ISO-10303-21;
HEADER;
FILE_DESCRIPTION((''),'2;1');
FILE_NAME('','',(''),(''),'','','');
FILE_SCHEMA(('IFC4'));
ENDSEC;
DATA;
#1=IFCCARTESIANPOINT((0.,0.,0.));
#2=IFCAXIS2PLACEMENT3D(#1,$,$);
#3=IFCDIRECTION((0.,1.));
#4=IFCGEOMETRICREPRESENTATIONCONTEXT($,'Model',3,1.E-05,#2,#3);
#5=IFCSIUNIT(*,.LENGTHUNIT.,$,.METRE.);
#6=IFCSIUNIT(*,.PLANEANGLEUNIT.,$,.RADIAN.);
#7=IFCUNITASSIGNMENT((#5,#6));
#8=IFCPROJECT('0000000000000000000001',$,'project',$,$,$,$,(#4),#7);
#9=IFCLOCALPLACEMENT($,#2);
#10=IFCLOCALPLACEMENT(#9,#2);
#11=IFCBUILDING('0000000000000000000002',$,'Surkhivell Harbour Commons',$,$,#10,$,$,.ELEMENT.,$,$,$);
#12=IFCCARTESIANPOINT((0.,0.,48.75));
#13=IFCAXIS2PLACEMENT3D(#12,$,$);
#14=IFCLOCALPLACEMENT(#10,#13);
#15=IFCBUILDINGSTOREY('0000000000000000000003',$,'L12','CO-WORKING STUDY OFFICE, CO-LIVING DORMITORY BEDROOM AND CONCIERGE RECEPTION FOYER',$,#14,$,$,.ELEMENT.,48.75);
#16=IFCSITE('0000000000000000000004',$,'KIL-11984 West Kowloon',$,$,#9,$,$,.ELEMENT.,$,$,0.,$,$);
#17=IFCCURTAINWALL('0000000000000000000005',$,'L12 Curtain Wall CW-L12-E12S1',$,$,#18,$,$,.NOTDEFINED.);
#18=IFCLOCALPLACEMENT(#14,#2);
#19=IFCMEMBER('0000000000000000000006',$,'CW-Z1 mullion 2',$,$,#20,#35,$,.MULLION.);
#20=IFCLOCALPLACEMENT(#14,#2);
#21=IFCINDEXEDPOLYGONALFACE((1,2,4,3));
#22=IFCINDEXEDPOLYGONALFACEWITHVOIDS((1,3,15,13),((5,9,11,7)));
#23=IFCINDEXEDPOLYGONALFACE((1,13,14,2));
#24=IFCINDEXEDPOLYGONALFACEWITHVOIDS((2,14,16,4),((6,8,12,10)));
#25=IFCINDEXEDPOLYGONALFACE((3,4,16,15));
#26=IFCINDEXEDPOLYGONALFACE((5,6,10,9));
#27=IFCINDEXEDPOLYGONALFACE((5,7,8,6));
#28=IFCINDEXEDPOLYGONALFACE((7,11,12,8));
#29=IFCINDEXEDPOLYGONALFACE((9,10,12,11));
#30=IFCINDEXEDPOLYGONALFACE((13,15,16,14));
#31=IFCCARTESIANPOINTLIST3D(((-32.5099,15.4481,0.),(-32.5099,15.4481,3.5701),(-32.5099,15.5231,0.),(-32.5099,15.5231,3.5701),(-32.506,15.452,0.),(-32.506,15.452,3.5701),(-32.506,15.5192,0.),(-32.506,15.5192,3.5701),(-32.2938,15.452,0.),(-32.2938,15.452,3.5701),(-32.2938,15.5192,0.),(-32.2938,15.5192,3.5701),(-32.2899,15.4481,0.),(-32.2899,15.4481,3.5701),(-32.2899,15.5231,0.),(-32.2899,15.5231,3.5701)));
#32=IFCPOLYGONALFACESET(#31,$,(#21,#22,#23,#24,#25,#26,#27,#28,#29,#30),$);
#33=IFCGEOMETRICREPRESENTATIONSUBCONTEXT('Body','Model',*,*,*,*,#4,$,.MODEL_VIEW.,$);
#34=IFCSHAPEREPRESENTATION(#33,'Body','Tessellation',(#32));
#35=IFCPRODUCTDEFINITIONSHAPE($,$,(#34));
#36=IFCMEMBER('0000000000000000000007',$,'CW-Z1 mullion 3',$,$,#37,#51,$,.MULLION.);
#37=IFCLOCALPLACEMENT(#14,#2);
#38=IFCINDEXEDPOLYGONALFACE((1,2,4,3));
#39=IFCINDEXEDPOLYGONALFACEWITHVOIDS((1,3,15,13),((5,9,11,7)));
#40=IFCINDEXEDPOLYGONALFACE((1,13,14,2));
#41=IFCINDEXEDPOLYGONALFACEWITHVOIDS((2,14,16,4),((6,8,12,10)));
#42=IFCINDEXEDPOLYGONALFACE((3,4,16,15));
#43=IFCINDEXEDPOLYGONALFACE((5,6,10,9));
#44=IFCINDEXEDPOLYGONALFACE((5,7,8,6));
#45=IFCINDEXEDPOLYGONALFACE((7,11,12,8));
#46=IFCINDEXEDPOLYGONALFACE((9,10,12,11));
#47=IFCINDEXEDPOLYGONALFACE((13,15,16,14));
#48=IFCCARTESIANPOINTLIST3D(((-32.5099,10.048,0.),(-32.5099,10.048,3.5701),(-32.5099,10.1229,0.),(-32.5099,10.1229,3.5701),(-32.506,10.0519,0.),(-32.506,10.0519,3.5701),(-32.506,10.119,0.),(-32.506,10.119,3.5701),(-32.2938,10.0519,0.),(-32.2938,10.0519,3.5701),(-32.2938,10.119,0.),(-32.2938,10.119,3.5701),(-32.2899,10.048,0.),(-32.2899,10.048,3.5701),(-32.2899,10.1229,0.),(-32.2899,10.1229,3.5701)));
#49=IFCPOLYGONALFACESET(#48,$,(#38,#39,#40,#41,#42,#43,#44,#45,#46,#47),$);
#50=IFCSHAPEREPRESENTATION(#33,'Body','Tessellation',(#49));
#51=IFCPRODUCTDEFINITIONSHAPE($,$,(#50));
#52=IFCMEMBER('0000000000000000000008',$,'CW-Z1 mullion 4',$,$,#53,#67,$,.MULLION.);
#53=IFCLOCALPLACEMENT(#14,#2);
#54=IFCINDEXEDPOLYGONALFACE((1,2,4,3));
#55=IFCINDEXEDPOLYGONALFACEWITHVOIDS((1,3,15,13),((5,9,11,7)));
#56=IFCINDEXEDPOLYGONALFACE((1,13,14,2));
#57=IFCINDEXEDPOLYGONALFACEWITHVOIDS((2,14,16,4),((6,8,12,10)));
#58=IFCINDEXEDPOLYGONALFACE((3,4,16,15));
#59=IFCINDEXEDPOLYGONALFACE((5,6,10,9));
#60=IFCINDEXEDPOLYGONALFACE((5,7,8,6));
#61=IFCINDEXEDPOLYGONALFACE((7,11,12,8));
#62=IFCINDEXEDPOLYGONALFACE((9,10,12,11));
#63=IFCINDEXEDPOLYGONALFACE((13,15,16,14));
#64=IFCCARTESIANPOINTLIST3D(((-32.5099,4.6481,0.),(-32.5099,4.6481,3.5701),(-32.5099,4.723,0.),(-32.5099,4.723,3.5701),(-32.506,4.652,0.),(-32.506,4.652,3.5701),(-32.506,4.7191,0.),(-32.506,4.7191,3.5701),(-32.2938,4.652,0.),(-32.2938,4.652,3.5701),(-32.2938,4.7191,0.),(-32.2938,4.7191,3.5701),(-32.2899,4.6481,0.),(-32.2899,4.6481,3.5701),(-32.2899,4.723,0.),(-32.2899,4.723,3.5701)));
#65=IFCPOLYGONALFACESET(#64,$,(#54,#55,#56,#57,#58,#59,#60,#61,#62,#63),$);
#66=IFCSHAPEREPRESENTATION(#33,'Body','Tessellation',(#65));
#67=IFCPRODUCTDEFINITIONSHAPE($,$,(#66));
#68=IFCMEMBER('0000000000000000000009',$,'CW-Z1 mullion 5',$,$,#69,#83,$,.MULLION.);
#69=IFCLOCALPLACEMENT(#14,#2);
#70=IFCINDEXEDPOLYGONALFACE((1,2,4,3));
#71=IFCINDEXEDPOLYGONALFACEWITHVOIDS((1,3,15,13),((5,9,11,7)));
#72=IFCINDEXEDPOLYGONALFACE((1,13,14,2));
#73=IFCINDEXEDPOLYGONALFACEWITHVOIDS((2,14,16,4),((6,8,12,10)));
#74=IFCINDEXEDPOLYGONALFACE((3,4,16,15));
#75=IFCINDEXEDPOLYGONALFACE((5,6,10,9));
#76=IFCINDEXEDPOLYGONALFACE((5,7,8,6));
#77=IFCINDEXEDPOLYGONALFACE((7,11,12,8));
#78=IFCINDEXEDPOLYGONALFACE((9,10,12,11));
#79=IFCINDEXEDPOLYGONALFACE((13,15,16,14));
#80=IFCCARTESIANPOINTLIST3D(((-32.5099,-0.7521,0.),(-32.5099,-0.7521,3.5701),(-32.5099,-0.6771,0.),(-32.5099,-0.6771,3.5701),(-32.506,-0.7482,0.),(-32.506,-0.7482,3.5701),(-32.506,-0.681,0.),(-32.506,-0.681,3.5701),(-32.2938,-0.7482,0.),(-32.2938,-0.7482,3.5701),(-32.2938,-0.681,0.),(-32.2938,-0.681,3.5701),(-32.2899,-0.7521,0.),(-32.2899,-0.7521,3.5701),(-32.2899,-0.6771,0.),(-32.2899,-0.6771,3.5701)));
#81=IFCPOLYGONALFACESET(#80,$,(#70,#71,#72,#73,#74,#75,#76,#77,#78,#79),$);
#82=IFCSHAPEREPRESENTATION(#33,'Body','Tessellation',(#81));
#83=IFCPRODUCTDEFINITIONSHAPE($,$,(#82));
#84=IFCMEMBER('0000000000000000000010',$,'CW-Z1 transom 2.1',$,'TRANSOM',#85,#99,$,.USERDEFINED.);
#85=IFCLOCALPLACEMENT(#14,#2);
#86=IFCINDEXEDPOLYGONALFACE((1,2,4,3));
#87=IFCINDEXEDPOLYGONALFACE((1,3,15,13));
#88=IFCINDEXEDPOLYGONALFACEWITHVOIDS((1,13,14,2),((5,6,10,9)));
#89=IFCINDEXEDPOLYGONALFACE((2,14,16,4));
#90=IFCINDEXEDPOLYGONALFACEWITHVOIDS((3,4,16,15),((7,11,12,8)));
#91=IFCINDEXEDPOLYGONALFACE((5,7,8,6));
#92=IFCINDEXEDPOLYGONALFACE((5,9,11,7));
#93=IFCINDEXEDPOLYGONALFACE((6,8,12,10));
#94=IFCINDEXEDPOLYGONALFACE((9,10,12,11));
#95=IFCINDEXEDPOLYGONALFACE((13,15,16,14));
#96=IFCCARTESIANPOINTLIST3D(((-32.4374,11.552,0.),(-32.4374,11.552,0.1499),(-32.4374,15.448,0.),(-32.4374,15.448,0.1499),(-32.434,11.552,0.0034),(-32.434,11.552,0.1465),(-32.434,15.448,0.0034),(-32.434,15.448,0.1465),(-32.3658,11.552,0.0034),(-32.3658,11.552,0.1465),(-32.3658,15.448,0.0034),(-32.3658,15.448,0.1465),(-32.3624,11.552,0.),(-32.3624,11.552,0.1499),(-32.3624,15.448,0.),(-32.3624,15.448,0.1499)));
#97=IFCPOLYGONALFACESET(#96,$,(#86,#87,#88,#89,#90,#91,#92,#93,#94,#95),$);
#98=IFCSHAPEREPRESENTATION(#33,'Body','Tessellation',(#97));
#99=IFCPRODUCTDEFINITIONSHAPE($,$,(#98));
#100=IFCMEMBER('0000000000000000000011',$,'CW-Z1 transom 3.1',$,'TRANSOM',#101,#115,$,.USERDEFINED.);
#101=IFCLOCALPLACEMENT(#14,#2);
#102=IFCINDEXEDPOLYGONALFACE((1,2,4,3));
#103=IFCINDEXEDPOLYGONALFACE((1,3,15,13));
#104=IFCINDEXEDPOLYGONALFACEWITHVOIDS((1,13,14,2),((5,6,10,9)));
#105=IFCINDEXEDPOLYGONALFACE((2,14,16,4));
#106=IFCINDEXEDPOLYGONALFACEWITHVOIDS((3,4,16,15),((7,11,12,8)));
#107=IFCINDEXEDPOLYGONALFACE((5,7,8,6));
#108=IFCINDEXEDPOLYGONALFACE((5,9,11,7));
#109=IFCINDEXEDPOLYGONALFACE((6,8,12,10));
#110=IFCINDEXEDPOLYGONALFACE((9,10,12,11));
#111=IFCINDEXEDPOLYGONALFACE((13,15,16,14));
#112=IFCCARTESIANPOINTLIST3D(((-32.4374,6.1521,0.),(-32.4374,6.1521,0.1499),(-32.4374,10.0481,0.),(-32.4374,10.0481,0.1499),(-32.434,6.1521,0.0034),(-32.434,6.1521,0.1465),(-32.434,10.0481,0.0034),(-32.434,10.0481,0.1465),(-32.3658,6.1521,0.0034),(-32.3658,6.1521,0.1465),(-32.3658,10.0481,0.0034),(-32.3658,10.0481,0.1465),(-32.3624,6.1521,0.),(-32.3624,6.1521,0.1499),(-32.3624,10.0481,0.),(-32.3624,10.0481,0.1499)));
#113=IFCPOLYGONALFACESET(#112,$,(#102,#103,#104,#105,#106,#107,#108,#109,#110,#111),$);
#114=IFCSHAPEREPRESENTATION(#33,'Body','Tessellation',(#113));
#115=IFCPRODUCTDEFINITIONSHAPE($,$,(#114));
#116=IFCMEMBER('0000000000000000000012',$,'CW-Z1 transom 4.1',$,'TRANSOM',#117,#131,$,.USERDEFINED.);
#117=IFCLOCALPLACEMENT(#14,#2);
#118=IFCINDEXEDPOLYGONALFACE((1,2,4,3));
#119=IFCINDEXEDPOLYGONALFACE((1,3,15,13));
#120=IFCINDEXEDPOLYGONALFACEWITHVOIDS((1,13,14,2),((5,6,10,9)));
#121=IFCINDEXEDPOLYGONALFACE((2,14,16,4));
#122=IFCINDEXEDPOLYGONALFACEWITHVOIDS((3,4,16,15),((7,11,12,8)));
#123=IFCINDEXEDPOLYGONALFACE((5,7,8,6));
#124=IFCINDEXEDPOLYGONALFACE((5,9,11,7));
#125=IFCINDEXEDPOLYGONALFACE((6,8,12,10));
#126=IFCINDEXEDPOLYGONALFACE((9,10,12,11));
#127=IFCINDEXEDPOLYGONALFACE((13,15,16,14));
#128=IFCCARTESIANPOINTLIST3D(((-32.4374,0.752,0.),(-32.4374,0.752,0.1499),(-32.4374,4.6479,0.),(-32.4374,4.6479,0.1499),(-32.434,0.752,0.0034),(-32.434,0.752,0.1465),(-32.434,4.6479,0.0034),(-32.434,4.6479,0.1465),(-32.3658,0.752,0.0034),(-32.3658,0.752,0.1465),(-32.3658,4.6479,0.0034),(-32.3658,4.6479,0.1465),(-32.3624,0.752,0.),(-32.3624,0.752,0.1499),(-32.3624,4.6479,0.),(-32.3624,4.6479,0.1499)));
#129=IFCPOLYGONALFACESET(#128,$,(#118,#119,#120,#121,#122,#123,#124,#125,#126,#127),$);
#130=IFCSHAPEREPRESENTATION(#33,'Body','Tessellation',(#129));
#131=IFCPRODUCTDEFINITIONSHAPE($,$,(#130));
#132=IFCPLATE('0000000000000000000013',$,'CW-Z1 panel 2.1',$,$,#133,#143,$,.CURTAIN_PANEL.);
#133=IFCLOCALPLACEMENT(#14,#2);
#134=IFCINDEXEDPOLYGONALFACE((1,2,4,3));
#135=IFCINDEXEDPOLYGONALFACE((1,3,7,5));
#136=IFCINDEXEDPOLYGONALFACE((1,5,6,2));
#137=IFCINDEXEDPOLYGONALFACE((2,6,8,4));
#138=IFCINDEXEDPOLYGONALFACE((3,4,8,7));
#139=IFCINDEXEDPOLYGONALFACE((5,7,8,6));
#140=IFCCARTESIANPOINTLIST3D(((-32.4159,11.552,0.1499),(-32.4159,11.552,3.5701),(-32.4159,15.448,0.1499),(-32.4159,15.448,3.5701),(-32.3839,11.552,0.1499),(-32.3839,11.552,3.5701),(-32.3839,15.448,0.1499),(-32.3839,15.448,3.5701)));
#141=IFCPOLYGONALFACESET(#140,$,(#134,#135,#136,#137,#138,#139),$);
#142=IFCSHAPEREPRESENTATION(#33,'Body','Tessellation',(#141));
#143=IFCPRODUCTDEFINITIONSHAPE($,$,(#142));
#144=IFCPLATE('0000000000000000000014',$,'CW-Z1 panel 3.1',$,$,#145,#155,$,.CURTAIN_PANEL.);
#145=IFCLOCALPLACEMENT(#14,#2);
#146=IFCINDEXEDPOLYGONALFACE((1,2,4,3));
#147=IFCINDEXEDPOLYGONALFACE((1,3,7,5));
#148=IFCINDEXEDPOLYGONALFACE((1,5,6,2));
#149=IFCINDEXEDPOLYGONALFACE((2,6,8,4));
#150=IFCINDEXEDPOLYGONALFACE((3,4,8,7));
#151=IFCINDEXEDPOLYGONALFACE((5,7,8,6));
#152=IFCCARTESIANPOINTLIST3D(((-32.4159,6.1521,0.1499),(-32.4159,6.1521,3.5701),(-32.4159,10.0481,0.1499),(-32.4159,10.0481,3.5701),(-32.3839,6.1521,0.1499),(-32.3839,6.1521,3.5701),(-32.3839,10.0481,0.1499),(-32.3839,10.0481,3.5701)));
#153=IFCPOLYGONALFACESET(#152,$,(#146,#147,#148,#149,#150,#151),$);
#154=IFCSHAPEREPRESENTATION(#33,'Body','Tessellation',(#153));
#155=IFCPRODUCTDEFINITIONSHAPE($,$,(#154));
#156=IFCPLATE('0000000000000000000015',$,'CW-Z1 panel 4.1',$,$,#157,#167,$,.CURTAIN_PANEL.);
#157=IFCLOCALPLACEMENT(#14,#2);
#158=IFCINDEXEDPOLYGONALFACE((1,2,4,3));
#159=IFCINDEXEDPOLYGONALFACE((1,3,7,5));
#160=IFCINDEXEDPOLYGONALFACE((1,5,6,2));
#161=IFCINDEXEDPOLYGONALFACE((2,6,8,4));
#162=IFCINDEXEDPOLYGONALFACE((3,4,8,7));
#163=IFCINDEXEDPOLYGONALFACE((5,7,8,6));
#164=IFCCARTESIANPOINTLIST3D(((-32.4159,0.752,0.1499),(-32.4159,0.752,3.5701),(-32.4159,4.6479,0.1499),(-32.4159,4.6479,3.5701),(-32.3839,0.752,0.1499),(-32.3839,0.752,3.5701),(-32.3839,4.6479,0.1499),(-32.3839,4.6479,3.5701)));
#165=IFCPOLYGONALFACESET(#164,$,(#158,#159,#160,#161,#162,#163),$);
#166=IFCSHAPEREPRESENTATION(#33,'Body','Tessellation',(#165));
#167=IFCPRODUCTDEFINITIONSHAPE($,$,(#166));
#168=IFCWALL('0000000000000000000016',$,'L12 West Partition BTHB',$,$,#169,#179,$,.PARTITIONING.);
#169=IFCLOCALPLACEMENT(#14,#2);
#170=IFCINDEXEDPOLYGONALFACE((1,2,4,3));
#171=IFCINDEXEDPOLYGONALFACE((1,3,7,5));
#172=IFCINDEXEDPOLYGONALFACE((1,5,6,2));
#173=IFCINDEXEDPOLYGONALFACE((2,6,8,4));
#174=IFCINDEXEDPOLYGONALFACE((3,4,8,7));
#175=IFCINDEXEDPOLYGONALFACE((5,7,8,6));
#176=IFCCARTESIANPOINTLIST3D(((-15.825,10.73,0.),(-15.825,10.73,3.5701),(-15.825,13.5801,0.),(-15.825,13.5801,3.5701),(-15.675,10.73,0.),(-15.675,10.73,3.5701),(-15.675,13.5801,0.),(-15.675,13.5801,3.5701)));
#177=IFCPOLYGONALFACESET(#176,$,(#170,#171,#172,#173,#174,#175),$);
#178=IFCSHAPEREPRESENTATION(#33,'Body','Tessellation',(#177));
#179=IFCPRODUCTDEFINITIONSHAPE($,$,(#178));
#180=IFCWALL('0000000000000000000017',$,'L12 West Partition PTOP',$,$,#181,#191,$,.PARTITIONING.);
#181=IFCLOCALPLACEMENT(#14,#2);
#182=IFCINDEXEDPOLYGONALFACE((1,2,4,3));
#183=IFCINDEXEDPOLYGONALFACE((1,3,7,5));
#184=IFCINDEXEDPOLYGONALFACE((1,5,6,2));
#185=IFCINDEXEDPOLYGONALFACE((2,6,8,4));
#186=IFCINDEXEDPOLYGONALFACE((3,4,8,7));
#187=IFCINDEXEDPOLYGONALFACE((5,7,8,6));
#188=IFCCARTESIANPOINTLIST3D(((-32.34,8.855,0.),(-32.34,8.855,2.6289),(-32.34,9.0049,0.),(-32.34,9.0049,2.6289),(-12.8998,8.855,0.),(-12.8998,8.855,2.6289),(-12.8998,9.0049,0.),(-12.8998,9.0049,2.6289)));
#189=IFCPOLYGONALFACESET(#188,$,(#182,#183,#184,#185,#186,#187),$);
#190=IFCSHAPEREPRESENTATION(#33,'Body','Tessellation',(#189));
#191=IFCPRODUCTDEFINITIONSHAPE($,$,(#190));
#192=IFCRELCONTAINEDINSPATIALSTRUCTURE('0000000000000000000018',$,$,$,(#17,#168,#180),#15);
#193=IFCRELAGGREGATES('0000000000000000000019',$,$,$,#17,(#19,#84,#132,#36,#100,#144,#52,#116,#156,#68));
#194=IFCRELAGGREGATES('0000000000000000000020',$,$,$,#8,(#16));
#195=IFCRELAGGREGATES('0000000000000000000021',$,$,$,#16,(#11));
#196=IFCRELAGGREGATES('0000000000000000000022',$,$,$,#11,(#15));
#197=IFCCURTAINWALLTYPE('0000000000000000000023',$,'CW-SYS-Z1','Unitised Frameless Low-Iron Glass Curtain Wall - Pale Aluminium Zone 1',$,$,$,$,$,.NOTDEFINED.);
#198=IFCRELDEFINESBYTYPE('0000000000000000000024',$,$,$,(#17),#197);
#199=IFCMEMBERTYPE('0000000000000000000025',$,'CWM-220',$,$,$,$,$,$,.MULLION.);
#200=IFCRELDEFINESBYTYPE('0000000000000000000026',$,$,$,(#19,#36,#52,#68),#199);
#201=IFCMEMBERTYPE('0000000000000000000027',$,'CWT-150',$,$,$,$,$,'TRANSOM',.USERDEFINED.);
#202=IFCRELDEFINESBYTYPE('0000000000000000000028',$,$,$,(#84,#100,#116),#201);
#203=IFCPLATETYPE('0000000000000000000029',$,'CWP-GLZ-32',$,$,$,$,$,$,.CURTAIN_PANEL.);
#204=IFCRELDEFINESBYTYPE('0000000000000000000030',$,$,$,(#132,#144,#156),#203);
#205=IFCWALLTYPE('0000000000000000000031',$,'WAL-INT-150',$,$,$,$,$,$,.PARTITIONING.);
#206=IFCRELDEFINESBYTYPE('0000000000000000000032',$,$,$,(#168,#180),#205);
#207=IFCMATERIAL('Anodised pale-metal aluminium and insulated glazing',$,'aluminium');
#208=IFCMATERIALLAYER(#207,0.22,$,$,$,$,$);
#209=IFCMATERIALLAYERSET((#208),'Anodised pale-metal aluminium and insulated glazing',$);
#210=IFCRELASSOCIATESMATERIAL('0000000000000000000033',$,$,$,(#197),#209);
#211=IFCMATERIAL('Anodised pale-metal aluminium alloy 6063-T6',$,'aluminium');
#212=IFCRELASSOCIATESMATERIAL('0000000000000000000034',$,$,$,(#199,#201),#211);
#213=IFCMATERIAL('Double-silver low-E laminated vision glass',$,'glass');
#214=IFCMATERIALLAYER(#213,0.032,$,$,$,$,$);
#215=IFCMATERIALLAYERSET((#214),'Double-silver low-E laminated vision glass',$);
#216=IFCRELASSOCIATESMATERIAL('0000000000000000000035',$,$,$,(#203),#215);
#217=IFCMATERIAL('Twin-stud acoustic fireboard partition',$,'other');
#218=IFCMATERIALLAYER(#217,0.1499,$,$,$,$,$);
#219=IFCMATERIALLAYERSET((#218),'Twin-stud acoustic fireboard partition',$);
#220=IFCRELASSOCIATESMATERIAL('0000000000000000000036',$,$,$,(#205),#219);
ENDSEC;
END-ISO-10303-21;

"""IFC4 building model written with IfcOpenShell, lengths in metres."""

from ifc_helpers import new_model, si_unit, direction, frame, frame_2d, origin, origin_2d, place, context, subcontext, project, spatial, rectangle, hollow_rectangle, extrude, material, layer, layer_set, material_profile, profile_set, type_object, element, aggregate, save


model = new_model("IFC4")

# Units and contexts
model_context = context("Model", 3, precision=1e-05, world=origin(), true_north=direction((0.0, 1.0)))
body_context = subcontext(model_context, "Body", "Model", "MODEL_VIEW")
ifc_project = project(units=[si_unit("LENGTHUNIT", "METRE"), si_unit("PLANEANGLEUNIT", "RADIAN")], contexts=[model_context])

# Site, building, storey
site_placement = place(None, origin())
site = spatial("IfcSite", under=ifc_project, at=site_placement, Name="KIL-11984 West Kowloon", CompositionType="ELEMENT", RefElevation=0.0)
building_placement = place(site_placement, origin())
building = spatial("IfcBuilding", under=site, at=building_placement, Name="Surkhivell Harbour Commons", CompositionType="ELEMENT")
storey_placement = place(building_placement, frame((0.0, 0.0, 48.75)))
storey = spatial("IfcBuildingStorey", under=building, at=storey_placement, Name="L12", Description="CO-WORKING STUDY OFFICE, CO-LIVING DORMITORY BEDROOM AND CONCIERGE RECEPTION FOYER", CompositionType="ELEMENT", Elevation=48.75)

# Curtain wall, members, plates
ifc_material_1 = material(Name="Anodised pale-metal aluminium and insulated glazing", Category="aluminium")
ifc_layer_1 = layer(ifc_material_1, 0.22)
ifc_layer_set_1 = layer_set([ifc_layer_1], Name="Anodised pale-metal aluminium and insulated glazing")
curtain_wall_type = type_object("IfcCurtainWallType", Name="CW-SYS-Z1", Description="Unitised Frameless Low-Iron Glass Curtain Wall - Pale Aluminium Zone 1", PredefinedType="NOTDEFINED", material=ifc_layer_set_1)
curtain_wall_placement = place(storey_placement, origin())
curtain_wall = element("IfcCurtainWall", 1, at=curtain_wall_placement, inside=storey, type_object=curtain_wall_type, Name="L12 Curtain Wall CW-L12-E12S1", PredefinedType="NOTDEFINED")
ifc_material_2 = material(Name="Anodised pale-metal aluminium alloy 6063-T6", Category="aluminium")
ifc_material_profile_1 = material_profile(ifc_material_2, hollow_rectangle(XDim=0.075, YDim=0.22, WallThickness=0.0039, at=origin_2d()), Name="ALU-MULL-75x220")
ifc_profile_set_1 = profile_set([ifc_material_profile_1], Name="Anodised pale-metal aluminium alloy 6063-T6")
member_type_1 = type_object("IfcMemberType", Name="CWM-220", PredefinedType="MULLION", material=ifc_profile_set_1)
member_1_placement = place(storey_placement, frame((-32.3999, 15.4856, 0.0), z_axis=(0.0, 0.0, 1.0), x_axis=(0.0, -1.0, 0.0)))
member_1 = element("IfcMember", 2, at=member_1_placement, type_object=member_type_1, Name="CW-Z1 mullion 2", PredefinedType="MULLION", context=body_context, shape_type="SweptSolid", body=[
    extrude(hollow_rectangle(XDim=0.075, YDim=0.22, WallThickness=0.0039, at=origin_2d()), origin(), (0.0, 0.0, 1.0), 3.5701),
])
member_2_placement = place(storey_placement, frame((-32.3999, 10.0854, 0.0), z_axis=(0.0, 0.0, 1.0), x_axis=(0.0, -1.0, 0.0)))
member_2 = element("IfcMember", 3, at=member_2_placement, type_object=member_type_1, Name="CW-Z1 mullion 3", PredefinedType="MULLION", context=body_context, shape_type="SweptSolid", body=[
    extrude(hollow_rectangle(XDim=0.075, YDim=0.22, WallThickness=0.0039, at=origin_2d()), origin(), (0.0, 0.0, 1.0), 3.5701),
])
member_3_placement = place(storey_placement, frame((-32.3999, 4.6855, 0.0), z_axis=(0.0, 0.0, 1.0), x_axis=(0.0, -1.0, 0.0)))
member_3 = element("IfcMember", 4, at=member_3_placement, type_object=member_type_1, Name="CW-Z1 mullion 4", PredefinedType="MULLION", context=body_context, shape_type="SweptSolid", body=[
    extrude(hollow_rectangle(XDim=0.075, YDim=0.22, WallThickness=0.0039, at=origin_2d()), origin(), (0.0, 0.0, 1.0), 3.5701),
])
member_4_placement = place(storey_placement, frame((-32.3999, -0.7146, 0.0), z_axis=(0.0, 0.0, 1.0), x_axis=(0.0, -1.0, 0.0)))
member_4 = element("IfcMember", 5, at=member_4_placement, type_object=member_type_1, Name="CW-Z1 mullion 5", PredefinedType="MULLION", context=body_context, shape_type="SweptSolid", body=[
    extrude(hollow_rectangle(XDim=0.075, YDim=0.22, WallThickness=0.0039, at=origin_2d()), origin(), (0.0, 0.0, 1.0), 3.5701),
])
ifc_material_profile_2 = material_profile(ifc_material_2, hollow_rectangle(XDim=0.075, YDim=0.1499, WallThickness=0.0034, at=origin_2d()), Name="ALU-TRAN-75x150")
ifc_profile_set_2 = profile_set([ifc_material_profile_2], Name="Anodised pale-metal aluminium alloy 6063-T6")
member_type_2 = type_object("IfcMemberType", Name="CWT-150", ElementType="TRANSOM", PredefinedType="USERDEFINED", material=ifc_profile_set_2)
member_5_placement = place(storey_placement, frame((-32.3999, 15.448, 0.075), z_axis=(0.0, -1.0, 0.0), x_axis=(1.0, 0.0, 0.0)))
member_5 = element("IfcMember", 6, at=member_5_placement, type_object=member_type_2, Name="CW-Z1 transom 2.1", ObjectType="TRANSOM", PredefinedType="USERDEFINED", context=body_context, shape_type="SweptSolid", body=[
    extrude(hollow_rectangle(XDim=0.075, YDim=0.1499, WallThickness=0.0034, at=origin_2d()), origin(), (0.0, 0.0, 1.0), 3.896),
])
member_6_placement = place(storey_placement, frame((-32.3999, 10.0481, 0.075), z_axis=(0.0, -1.0, 0.0), x_axis=(1.0, 0.0, 0.0)))
member_6 = element("IfcMember", 7, at=member_6_placement, type_object=member_type_2, Name="CW-Z1 transom 3.1", ObjectType="TRANSOM", PredefinedType="USERDEFINED", context=body_context, shape_type="SweptSolid", body=[
    extrude(hollow_rectangle(XDim=0.075, YDim=0.1499, WallThickness=0.0034, at=origin_2d()), origin(), (0.0, 0.0, 1.0), 3.896),
])
member_7_placement = place(storey_placement, frame((-32.3999, 4.6479, 0.075), z_axis=(0.0, -1.0, 0.0), x_axis=(1.0, 0.0, 0.0)))
member_7 = element("IfcMember", 8, at=member_7_placement, type_object=member_type_2, Name="CW-Z1 transom 4.1", ObjectType="TRANSOM", PredefinedType="USERDEFINED", context=body_context, shape_type="SweptSolid", body=[
    extrude(hollow_rectangle(XDim=0.075, YDim=0.1499, WallThickness=0.0034, at=origin_2d()), origin(), (0.0, 0.0, 1.0), 3.896),
])
ifc_material_3 = material(Name="Double-silver low-E laminated vision glass", Category="glass")
ifc_layer_2 = layer(ifc_material_3, 0.032)
ifc_layer_set_2 = layer_set([ifc_layer_2], Name="Double-silver low-E laminated vision glass")
plate_type = type_object("IfcPlateType", Name="CWP-GLZ-32", PredefinedType="CURTAIN_PANEL", material=ifc_layer_set_2)
plate_1_placement = place(storey_placement, frame((-32.3999, 15.448, 0.1499), z_axis=(0.0, 0.0, 1.0), x_axis=(0.0, -1.0, 0.0)))
plate_1 = element("IfcPlate", 9, at=plate_1_placement, type_object=plate_type, Name="CW-Z1 panel 2.1", PredefinedType="CURTAIN_PANEL", context=body_context, shape_type="SweptSolid", body=[
    extrude(rectangle(XDim=3.896, YDim=0.032, at=frame_2d((1.948, 0.0))), origin(), (0.0, 0.0, 1.0), 3.4202),
])
plate_2_placement = place(storey_placement, frame((-32.3999, 10.0481, 0.1499), z_axis=(0.0, 0.0, 1.0), x_axis=(0.0, -1.0, 0.0)))
plate_2 = element("IfcPlate", 10, at=plate_2_placement, type_object=plate_type, Name="CW-Z1 panel 3.1", PredefinedType="CURTAIN_PANEL", context=body_context, shape_type="SweptSolid", body=[
    extrude(rectangle(XDim=3.896, YDim=0.032, at=frame_2d((1.948, 0.0))), origin(), (0.0, 0.0, 1.0), 3.4202),
])
plate_3_placement = place(storey_placement, frame((-32.3999, 4.6479, 0.1499), z_axis=(0.0, 0.0, 1.0), x_axis=(0.0, -1.0, 0.0)))
plate_3 = element("IfcPlate", 11, at=plate_3_placement, type_object=plate_type, Name="CW-Z1 panel 4.1", PredefinedType="CURTAIN_PANEL", context=body_context, shape_type="SweptSolid", body=[
    extrude(rectangle(XDim=3.896, YDim=0.032, at=frame_2d((1.948, 0.0))), origin(), (0.0, 0.0, 1.0), 3.4202),
])
aggregate(curtain_wall, [member_1, member_5, plate_1, member_2, member_6, plate_2, member_3, member_7, plate_3, member_4])

# Walls
ifc_material_4 = material(Name="Twin-stud acoustic fireboard partition", Category="other")
ifc_layer_3 = layer(ifc_material_4, 0.1499)
ifc_layer_set_3 = layer_set([ifc_layer_3], Name="Twin-stud acoustic fireboard partition")
wall_type = type_object("IfcWallType", Name="WAL-INT-150", PredefinedType="PARTITIONING", material=ifc_layer_set_3)
wall_1_placement = place(storey_placement, frame((-15.75, 10.73, 0.0), z_axis=(0.0, 0.0, 1.0), x_axis=(0.0, 1.0, 0.0)))
element("IfcWall", 12, at=wall_1_placement, inside=storey, type_object=wall_type, Name="L12 West Partition BTHB", PredefinedType="PARTITIONING", context=body_context, shape_type="SweptSolid", body=[
    extrude(rectangle(XDim=2.8501, YDim=0.1499, at=frame_2d((1.425, 0.0))), origin(), (0.0, 0.0, 1.0), 3.5701),
])
wall_2_placement = place(storey_placement, frame((-32.3401, 8.9299, 0.0), z_axis=(0.0, 0.0, 1.0), x_axis=(1.0, 0.0, 0.0)))
element("IfcWall", 13, at=wall_2_placement, inside=storey, type_object=wall_type, Name="L12 West Partition PTOP", PredefinedType="PARTITIONING", context=body_context, shape_type="SweptSolid", body=[
    extrude(rectangle(XDim=19.4402, YDim=0.1499, at=frame_2d((9.7202, 0.0))), origin(), (0.0, 0.0, 1.0), 2.6289),
])

save(model, "model.ifc")
